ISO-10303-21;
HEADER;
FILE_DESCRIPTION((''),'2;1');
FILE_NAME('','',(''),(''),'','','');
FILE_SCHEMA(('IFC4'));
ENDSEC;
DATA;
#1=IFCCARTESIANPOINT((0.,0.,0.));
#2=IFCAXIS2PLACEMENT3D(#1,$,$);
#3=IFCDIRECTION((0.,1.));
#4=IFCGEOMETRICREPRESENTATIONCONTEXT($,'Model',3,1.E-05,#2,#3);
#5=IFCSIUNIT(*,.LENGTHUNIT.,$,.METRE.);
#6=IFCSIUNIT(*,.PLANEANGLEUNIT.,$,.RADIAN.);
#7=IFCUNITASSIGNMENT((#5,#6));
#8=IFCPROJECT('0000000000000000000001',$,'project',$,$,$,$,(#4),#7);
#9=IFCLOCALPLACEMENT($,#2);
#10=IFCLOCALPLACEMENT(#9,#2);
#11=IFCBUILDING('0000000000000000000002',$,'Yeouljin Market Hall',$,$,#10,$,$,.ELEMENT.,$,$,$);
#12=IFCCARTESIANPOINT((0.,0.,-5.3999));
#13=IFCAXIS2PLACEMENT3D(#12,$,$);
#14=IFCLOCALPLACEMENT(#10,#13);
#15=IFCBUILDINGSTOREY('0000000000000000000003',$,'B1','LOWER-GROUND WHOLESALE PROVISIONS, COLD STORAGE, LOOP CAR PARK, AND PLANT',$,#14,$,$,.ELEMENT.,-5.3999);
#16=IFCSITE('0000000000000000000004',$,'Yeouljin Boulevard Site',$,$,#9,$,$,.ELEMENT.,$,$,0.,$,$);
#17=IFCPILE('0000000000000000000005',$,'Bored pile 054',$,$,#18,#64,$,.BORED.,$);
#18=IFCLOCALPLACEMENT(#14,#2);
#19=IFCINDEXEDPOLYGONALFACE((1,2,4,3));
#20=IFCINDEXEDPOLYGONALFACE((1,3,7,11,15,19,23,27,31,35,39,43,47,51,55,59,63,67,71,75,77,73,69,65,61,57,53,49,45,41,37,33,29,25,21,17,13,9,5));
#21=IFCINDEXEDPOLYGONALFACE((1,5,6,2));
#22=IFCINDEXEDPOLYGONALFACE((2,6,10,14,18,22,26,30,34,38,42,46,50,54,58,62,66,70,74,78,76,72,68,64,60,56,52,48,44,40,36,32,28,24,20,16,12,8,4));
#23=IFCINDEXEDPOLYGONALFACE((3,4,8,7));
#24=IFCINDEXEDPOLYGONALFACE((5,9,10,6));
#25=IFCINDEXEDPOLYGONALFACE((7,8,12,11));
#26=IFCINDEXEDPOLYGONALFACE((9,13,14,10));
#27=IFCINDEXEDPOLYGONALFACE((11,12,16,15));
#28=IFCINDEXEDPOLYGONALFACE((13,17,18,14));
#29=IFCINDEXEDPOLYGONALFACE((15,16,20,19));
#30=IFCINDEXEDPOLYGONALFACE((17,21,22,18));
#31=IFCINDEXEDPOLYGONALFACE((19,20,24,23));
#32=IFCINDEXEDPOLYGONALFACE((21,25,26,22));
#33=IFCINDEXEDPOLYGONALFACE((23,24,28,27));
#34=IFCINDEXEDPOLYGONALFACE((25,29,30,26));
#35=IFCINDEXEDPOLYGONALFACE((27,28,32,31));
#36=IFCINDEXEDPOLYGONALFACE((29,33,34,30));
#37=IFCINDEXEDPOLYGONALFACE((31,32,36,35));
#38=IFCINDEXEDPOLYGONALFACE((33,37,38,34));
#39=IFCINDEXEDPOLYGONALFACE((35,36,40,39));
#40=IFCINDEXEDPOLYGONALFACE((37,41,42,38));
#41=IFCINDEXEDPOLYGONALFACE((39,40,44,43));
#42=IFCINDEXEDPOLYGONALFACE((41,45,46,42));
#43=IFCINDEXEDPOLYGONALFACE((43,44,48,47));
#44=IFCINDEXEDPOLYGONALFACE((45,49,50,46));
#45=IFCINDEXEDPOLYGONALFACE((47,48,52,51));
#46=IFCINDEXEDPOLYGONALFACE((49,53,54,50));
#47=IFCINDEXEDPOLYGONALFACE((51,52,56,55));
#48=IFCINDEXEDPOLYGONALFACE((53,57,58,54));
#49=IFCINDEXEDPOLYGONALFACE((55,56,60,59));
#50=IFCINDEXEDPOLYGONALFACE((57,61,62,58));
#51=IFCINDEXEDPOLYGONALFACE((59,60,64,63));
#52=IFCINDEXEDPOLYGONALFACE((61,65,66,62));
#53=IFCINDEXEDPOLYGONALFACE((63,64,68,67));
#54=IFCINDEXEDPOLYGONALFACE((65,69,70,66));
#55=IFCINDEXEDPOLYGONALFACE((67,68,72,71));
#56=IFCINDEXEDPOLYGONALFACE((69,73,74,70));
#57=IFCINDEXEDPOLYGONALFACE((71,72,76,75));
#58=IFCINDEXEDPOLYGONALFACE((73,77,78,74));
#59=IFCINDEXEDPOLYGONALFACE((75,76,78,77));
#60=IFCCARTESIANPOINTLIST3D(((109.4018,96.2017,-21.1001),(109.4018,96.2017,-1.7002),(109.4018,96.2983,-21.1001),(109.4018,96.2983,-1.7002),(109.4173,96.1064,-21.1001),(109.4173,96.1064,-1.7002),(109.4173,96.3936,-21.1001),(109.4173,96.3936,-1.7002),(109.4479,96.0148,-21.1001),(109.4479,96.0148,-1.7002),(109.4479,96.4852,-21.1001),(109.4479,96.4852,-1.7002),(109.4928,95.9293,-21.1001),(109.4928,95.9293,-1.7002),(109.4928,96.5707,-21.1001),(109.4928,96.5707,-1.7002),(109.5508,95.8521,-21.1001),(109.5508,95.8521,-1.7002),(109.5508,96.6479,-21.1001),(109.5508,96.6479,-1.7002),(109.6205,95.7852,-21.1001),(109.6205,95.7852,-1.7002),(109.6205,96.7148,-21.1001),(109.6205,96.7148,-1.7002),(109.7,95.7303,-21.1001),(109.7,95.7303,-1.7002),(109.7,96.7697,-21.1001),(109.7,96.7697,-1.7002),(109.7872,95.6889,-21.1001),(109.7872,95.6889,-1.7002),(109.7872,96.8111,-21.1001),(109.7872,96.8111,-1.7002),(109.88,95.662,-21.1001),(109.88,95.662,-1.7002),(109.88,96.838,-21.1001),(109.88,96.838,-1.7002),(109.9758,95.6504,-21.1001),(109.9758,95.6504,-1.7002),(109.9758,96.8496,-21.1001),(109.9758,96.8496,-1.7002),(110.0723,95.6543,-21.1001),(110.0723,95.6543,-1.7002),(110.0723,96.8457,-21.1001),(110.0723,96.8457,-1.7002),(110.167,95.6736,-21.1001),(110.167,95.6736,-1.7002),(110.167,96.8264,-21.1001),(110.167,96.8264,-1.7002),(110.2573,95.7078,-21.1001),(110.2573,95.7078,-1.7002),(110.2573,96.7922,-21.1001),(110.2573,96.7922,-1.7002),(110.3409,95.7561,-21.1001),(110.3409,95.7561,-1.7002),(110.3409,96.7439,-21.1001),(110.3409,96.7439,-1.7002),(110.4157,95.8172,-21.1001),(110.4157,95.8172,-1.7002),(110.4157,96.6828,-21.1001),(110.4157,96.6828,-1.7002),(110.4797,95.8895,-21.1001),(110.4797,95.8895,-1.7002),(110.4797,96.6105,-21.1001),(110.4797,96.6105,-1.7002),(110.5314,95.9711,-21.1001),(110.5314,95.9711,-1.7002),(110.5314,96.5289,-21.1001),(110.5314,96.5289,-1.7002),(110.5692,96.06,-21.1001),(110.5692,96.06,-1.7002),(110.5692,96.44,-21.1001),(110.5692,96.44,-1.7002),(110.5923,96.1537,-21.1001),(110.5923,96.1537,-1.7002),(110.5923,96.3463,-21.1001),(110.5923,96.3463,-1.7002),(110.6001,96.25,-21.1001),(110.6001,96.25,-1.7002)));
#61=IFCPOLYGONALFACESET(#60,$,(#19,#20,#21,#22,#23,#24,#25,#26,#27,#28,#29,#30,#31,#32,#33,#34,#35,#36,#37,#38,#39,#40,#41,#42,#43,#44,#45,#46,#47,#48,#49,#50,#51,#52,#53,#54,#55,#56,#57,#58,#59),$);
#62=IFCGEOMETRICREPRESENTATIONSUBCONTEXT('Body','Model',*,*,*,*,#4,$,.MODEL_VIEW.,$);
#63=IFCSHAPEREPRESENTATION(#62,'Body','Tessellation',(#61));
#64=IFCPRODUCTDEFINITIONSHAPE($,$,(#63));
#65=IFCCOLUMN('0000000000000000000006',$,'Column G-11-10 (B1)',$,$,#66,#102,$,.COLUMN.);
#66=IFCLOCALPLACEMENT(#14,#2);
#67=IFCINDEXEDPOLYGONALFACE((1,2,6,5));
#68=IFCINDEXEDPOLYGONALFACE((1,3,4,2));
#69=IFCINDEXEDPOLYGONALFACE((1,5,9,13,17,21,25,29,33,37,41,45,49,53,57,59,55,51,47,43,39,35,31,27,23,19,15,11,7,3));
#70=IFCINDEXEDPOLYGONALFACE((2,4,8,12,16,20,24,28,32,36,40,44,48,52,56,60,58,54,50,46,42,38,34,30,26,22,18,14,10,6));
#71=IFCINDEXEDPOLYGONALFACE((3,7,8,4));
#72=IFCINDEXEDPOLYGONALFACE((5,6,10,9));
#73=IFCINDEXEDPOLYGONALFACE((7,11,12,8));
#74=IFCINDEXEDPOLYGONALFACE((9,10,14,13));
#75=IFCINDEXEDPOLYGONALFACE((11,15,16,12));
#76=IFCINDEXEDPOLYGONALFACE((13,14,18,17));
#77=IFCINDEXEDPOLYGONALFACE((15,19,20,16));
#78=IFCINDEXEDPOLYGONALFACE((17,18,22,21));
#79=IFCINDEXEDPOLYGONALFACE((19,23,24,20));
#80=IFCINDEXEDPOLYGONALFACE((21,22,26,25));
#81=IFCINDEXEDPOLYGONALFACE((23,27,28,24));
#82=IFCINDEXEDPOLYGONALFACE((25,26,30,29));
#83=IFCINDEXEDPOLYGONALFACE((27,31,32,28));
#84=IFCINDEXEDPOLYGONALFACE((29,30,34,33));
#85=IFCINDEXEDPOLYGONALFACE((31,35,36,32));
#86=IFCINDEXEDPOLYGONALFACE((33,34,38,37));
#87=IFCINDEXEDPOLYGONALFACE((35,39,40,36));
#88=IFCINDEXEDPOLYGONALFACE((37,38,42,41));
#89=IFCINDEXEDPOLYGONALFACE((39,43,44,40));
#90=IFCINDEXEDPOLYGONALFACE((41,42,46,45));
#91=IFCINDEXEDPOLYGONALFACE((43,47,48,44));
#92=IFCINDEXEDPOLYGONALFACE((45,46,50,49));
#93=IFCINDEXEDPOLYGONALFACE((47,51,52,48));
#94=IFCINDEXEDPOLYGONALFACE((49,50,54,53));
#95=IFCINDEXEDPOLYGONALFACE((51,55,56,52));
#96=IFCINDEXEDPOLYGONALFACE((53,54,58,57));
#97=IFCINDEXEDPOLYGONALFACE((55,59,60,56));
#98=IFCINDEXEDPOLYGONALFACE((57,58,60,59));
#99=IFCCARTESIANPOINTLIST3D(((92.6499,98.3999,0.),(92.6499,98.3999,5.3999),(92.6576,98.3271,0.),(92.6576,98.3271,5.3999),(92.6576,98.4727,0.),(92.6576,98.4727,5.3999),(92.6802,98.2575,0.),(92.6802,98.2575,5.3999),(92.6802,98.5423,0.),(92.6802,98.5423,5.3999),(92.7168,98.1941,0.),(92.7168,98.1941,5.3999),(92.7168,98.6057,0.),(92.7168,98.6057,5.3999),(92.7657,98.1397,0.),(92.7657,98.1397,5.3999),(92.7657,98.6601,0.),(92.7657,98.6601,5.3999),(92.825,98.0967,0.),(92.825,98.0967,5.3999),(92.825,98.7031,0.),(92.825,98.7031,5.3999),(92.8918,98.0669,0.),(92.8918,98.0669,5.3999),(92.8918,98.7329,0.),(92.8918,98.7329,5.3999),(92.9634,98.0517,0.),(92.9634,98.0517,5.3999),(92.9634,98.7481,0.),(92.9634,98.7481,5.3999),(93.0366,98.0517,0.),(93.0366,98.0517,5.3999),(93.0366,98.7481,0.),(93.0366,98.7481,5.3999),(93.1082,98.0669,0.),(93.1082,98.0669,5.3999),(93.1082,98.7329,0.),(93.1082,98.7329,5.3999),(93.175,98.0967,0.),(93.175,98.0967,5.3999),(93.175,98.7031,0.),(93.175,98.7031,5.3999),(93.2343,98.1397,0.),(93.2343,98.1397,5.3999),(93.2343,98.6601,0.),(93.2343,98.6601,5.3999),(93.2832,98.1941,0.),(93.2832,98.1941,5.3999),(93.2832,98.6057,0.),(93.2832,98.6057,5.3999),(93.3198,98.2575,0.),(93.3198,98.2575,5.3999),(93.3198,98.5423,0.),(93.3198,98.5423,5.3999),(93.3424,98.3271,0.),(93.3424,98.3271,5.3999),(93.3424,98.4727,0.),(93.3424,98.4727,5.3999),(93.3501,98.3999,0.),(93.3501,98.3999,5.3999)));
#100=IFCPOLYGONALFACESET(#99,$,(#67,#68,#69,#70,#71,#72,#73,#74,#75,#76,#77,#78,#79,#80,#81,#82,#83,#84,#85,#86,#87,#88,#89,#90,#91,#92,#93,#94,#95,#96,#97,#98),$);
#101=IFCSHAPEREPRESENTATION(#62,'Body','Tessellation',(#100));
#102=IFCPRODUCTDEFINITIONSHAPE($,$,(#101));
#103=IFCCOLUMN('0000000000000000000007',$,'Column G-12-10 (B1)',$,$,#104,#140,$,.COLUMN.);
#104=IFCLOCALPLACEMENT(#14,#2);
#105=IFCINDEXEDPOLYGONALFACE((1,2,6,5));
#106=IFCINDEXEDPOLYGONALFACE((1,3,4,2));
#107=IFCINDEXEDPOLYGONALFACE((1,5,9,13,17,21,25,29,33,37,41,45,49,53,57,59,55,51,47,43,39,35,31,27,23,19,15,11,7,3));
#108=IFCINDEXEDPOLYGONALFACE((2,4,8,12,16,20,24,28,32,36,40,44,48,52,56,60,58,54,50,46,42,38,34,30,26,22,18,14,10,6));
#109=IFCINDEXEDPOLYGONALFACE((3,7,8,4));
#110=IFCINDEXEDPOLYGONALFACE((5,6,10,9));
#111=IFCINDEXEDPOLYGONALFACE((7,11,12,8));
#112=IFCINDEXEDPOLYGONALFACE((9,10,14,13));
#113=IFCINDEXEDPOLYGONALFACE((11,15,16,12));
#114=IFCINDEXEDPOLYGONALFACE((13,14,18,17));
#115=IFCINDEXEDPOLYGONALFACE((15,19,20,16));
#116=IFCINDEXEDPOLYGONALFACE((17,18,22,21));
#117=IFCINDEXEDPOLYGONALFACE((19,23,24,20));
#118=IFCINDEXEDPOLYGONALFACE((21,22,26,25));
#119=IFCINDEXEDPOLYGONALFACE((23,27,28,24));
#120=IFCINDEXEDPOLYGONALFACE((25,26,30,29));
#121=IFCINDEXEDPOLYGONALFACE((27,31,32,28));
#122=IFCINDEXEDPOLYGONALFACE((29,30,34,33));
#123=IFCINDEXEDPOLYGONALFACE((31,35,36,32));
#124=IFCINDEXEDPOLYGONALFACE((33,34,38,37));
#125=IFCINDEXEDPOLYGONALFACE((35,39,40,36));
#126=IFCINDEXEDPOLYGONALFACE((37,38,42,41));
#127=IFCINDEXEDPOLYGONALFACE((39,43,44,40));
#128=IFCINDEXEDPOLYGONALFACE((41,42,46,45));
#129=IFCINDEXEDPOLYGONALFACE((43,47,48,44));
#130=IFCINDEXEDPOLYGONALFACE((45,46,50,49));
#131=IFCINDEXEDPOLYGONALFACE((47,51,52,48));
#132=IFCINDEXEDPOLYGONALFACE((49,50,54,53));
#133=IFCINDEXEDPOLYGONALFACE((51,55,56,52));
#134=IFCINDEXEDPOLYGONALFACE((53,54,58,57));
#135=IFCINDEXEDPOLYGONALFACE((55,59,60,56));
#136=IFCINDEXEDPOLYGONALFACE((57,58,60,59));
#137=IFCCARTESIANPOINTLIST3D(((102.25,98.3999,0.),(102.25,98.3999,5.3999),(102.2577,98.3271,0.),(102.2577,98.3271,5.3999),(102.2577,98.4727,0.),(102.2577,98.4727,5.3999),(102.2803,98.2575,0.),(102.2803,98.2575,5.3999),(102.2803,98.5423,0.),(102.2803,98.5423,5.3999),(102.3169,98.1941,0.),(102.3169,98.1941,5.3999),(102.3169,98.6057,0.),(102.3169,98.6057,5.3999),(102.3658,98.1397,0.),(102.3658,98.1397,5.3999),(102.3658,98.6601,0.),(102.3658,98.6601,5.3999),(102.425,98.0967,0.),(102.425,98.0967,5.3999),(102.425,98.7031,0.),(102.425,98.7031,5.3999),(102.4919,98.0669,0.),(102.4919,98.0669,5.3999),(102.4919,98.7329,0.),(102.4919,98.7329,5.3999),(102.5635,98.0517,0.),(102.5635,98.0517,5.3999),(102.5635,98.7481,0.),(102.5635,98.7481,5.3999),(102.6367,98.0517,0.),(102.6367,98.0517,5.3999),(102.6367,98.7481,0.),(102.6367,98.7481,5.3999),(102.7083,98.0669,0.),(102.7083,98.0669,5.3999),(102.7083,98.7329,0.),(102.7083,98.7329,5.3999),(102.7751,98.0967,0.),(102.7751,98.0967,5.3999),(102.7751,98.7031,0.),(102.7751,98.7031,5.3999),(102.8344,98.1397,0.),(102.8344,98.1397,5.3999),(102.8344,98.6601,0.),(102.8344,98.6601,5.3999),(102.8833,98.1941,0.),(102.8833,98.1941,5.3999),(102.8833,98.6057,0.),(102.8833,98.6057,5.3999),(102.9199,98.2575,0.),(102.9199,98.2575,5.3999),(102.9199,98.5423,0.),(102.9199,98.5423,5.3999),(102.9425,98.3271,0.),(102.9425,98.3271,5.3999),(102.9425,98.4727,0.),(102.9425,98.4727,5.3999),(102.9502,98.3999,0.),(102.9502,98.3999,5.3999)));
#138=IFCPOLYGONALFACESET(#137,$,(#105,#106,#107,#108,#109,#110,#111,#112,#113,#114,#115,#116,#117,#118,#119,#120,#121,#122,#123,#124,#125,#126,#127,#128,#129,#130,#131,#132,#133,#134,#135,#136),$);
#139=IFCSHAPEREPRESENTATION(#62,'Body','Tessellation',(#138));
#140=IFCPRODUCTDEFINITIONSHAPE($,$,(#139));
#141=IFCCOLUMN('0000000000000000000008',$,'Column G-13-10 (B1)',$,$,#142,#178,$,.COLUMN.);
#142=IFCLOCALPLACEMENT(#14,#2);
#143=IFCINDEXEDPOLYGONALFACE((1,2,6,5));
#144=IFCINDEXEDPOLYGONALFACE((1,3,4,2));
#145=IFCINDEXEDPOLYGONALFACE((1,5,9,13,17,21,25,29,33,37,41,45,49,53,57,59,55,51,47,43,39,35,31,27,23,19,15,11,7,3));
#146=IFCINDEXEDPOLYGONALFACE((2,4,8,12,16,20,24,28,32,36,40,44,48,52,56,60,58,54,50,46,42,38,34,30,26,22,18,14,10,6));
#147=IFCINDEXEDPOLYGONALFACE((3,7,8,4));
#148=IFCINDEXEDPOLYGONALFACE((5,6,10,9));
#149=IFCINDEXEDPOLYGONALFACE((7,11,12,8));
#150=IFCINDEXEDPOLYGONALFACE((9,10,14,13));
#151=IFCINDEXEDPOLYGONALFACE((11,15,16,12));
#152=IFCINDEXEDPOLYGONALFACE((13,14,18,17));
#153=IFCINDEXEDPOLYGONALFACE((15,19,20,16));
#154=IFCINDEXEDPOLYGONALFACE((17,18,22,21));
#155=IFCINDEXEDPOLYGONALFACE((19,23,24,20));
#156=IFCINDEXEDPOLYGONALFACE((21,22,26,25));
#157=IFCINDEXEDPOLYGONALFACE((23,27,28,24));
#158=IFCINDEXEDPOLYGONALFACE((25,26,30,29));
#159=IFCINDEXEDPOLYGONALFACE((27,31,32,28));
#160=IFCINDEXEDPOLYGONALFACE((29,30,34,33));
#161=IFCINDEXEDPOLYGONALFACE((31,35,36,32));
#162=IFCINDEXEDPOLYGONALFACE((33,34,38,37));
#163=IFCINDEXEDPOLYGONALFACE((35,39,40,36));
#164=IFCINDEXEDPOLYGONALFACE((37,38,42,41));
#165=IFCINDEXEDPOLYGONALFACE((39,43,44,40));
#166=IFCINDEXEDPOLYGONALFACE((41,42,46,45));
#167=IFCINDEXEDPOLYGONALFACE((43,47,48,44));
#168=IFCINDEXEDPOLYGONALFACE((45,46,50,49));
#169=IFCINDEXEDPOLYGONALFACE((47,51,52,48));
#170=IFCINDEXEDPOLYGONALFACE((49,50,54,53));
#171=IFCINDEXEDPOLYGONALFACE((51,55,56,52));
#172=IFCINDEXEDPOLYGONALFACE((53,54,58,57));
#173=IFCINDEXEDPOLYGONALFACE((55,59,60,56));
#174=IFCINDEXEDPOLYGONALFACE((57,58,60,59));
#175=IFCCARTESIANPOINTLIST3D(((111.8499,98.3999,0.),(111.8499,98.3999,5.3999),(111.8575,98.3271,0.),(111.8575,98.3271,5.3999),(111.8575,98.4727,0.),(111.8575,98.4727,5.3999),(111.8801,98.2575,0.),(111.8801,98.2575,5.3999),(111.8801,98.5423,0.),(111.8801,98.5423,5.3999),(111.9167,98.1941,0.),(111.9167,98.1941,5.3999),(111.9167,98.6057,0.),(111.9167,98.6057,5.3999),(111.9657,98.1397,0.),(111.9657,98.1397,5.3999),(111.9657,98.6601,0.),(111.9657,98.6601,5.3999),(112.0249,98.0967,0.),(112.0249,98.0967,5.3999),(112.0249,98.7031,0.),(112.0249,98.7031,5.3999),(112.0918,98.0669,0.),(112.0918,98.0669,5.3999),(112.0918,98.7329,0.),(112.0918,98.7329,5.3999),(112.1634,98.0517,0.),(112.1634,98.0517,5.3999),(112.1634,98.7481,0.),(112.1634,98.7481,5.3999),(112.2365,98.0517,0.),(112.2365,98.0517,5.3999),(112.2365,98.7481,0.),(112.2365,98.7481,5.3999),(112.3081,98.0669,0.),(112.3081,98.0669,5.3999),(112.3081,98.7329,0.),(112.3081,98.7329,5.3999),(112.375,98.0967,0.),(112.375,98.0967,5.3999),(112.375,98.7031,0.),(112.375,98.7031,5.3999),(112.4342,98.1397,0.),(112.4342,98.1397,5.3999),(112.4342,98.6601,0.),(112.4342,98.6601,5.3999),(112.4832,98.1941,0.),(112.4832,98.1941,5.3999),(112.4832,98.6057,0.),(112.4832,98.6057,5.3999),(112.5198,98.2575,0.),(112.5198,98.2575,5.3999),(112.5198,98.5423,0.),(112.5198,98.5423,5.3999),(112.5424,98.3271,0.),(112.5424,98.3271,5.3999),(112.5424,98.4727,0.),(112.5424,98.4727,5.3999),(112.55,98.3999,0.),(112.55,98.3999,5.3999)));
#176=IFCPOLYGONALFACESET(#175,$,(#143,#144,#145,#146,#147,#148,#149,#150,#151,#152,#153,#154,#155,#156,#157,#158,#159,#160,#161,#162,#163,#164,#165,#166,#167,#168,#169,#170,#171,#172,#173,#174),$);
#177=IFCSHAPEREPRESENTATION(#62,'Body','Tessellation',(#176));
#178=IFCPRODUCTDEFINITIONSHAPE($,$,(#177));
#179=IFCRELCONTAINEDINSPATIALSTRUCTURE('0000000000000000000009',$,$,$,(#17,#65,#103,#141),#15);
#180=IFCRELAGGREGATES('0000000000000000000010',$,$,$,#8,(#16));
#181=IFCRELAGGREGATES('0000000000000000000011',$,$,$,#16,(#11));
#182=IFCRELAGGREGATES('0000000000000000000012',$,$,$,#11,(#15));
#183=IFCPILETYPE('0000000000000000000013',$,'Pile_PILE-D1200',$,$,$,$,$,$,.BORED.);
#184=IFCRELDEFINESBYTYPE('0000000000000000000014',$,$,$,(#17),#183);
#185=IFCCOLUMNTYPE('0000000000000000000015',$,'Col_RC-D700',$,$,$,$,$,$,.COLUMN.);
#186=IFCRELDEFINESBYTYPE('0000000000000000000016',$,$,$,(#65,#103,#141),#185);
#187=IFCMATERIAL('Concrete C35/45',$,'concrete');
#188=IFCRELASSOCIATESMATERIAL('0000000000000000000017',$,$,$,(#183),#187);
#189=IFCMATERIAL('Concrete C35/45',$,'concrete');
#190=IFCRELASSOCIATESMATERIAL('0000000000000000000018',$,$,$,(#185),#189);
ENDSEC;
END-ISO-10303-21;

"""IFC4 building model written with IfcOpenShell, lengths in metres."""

from ifc_helpers import new_model, si_unit, direction, frame, origin, origin_2d, place, context, subcontext, project, spatial, circle, extrude, material, material_profile, profile_set, type_object, element, save


model = new_model("IFC4")

# Units and contexts
model_context = context("Model", 3, precision=1e-05, world=origin(), true_north=direction((0.0, 1.0)))
body_context = subcontext(model_context, "Body", "Model", "MODEL_VIEW")
ifc_project = project(units=[si_unit("LENGTHUNIT", "METRE"), si_unit("PLANEANGLEUNIT", "RADIAN")], contexts=[model_context])

# Site, building, storey
site_placement = place(None, origin())
site = spatial("IfcSite", under=ifc_project, at=site_placement, Name="Yeouljin Boulevard Site", CompositionType="ELEMENT", RefElevation=0.0)
building_placement = place(site_placement, origin())
building = spatial("IfcBuilding", under=site, at=building_placement, Name="Yeouljin Market Hall", CompositionType="ELEMENT")
storey_placement = place(building_placement, frame((0.0, 0.0, -5.3999)))
storey = spatial("IfcBuildingStorey", under=building, at=storey_placement, Name="B1", Description="LOWER-GROUND WHOLESALE PROVISIONS, COLD STORAGE, LOOP CAR PARK, AND PLANT", CompositionType="ELEMENT", Elevation=-5.3999)

# Pile
ifc_material_1 = material(Name="Concrete C35/45", Category="concrete")
ifc_material_profile_1 = material_profile(ifc_material_1, circle(Radius=0.6001, at=origin_2d()), Name="PILE-D1200")
ifc_profile_set_1 = profile_set([ifc_material_profile_1], Name="Concrete C35/45")
pile_type = type_object("IfcPileType", Name="Pile_PILE-D1200", PredefinedType="BORED", material=ifc_profile_set_1)
for number, where, z_axis, x_axis, name in (
    (1, (110.0, 96.25, -1.7002), (0.0, 0.0, -1.0), (1.0, 0.0, 0.0), "Bored pile 054"),
):
    element("IfcPile", number, at=place(storey_placement, frame(where, z_axis=z_axis, x_axis=x_axis)), inside=storey, type_object=pile_type, Name=name, PredefinedType="BORED", context=body_context, shape_type="SweptSolid", body=[
        extrude(circle(Radius=0.6001, at=origin_2d()), origin(), (0.0, 0.0, 1.0), 19.3999),
    ])

# Columns
ifc_material_2 = material(Name="Concrete C35/45", Category="concrete")
ifc_material_profile_2 = material_profile(ifc_material_2, circle(Radius=0.3501, at=origin_2d()), Name="RC-D700")
ifc_profile_set_2 = profile_set([ifc_material_profile_2], Name="Concrete C35/45")
column_type = type_object("IfcColumnType", Name="Col_RC-D700", PredefinedType="COLUMN", material=ifc_profile_set_2)
for number, where, z_axis, x_axis, name in (
    (2, (93.0, 98.3999, 0.0), (0.0, 0.0, 1.0), (1.0, 0.0, 0.0), "Column G-11-10 (B1)"),
    (3, (102.6001, 98.3999, 0.0), (0.0, 0.0, 1.0), (1.0, 0.0, 0.0), "Column G-12-10 (B1)"),
    (4, (112.2, 98.3999, 0.0), (0.0, 0.0, 1.0), (1.0, 0.0, 0.0), "Column G-13-10 (B1)"),
):
    element("IfcColumn", number, at=place(storey_placement, frame(where, z_axis=z_axis, x_axis=x_axis)), inside=storey, type_object=column_type, Name=name, PredefinedType="COLUMN", context=body_context, shape_type="SweptSolid", body=[
        extrude(circle(Radius=0.3501, at=origin_2d()), origin(), (0.0, 0.0, 1.0), 5.3999),
    ])

save(model, "model.ifc")
